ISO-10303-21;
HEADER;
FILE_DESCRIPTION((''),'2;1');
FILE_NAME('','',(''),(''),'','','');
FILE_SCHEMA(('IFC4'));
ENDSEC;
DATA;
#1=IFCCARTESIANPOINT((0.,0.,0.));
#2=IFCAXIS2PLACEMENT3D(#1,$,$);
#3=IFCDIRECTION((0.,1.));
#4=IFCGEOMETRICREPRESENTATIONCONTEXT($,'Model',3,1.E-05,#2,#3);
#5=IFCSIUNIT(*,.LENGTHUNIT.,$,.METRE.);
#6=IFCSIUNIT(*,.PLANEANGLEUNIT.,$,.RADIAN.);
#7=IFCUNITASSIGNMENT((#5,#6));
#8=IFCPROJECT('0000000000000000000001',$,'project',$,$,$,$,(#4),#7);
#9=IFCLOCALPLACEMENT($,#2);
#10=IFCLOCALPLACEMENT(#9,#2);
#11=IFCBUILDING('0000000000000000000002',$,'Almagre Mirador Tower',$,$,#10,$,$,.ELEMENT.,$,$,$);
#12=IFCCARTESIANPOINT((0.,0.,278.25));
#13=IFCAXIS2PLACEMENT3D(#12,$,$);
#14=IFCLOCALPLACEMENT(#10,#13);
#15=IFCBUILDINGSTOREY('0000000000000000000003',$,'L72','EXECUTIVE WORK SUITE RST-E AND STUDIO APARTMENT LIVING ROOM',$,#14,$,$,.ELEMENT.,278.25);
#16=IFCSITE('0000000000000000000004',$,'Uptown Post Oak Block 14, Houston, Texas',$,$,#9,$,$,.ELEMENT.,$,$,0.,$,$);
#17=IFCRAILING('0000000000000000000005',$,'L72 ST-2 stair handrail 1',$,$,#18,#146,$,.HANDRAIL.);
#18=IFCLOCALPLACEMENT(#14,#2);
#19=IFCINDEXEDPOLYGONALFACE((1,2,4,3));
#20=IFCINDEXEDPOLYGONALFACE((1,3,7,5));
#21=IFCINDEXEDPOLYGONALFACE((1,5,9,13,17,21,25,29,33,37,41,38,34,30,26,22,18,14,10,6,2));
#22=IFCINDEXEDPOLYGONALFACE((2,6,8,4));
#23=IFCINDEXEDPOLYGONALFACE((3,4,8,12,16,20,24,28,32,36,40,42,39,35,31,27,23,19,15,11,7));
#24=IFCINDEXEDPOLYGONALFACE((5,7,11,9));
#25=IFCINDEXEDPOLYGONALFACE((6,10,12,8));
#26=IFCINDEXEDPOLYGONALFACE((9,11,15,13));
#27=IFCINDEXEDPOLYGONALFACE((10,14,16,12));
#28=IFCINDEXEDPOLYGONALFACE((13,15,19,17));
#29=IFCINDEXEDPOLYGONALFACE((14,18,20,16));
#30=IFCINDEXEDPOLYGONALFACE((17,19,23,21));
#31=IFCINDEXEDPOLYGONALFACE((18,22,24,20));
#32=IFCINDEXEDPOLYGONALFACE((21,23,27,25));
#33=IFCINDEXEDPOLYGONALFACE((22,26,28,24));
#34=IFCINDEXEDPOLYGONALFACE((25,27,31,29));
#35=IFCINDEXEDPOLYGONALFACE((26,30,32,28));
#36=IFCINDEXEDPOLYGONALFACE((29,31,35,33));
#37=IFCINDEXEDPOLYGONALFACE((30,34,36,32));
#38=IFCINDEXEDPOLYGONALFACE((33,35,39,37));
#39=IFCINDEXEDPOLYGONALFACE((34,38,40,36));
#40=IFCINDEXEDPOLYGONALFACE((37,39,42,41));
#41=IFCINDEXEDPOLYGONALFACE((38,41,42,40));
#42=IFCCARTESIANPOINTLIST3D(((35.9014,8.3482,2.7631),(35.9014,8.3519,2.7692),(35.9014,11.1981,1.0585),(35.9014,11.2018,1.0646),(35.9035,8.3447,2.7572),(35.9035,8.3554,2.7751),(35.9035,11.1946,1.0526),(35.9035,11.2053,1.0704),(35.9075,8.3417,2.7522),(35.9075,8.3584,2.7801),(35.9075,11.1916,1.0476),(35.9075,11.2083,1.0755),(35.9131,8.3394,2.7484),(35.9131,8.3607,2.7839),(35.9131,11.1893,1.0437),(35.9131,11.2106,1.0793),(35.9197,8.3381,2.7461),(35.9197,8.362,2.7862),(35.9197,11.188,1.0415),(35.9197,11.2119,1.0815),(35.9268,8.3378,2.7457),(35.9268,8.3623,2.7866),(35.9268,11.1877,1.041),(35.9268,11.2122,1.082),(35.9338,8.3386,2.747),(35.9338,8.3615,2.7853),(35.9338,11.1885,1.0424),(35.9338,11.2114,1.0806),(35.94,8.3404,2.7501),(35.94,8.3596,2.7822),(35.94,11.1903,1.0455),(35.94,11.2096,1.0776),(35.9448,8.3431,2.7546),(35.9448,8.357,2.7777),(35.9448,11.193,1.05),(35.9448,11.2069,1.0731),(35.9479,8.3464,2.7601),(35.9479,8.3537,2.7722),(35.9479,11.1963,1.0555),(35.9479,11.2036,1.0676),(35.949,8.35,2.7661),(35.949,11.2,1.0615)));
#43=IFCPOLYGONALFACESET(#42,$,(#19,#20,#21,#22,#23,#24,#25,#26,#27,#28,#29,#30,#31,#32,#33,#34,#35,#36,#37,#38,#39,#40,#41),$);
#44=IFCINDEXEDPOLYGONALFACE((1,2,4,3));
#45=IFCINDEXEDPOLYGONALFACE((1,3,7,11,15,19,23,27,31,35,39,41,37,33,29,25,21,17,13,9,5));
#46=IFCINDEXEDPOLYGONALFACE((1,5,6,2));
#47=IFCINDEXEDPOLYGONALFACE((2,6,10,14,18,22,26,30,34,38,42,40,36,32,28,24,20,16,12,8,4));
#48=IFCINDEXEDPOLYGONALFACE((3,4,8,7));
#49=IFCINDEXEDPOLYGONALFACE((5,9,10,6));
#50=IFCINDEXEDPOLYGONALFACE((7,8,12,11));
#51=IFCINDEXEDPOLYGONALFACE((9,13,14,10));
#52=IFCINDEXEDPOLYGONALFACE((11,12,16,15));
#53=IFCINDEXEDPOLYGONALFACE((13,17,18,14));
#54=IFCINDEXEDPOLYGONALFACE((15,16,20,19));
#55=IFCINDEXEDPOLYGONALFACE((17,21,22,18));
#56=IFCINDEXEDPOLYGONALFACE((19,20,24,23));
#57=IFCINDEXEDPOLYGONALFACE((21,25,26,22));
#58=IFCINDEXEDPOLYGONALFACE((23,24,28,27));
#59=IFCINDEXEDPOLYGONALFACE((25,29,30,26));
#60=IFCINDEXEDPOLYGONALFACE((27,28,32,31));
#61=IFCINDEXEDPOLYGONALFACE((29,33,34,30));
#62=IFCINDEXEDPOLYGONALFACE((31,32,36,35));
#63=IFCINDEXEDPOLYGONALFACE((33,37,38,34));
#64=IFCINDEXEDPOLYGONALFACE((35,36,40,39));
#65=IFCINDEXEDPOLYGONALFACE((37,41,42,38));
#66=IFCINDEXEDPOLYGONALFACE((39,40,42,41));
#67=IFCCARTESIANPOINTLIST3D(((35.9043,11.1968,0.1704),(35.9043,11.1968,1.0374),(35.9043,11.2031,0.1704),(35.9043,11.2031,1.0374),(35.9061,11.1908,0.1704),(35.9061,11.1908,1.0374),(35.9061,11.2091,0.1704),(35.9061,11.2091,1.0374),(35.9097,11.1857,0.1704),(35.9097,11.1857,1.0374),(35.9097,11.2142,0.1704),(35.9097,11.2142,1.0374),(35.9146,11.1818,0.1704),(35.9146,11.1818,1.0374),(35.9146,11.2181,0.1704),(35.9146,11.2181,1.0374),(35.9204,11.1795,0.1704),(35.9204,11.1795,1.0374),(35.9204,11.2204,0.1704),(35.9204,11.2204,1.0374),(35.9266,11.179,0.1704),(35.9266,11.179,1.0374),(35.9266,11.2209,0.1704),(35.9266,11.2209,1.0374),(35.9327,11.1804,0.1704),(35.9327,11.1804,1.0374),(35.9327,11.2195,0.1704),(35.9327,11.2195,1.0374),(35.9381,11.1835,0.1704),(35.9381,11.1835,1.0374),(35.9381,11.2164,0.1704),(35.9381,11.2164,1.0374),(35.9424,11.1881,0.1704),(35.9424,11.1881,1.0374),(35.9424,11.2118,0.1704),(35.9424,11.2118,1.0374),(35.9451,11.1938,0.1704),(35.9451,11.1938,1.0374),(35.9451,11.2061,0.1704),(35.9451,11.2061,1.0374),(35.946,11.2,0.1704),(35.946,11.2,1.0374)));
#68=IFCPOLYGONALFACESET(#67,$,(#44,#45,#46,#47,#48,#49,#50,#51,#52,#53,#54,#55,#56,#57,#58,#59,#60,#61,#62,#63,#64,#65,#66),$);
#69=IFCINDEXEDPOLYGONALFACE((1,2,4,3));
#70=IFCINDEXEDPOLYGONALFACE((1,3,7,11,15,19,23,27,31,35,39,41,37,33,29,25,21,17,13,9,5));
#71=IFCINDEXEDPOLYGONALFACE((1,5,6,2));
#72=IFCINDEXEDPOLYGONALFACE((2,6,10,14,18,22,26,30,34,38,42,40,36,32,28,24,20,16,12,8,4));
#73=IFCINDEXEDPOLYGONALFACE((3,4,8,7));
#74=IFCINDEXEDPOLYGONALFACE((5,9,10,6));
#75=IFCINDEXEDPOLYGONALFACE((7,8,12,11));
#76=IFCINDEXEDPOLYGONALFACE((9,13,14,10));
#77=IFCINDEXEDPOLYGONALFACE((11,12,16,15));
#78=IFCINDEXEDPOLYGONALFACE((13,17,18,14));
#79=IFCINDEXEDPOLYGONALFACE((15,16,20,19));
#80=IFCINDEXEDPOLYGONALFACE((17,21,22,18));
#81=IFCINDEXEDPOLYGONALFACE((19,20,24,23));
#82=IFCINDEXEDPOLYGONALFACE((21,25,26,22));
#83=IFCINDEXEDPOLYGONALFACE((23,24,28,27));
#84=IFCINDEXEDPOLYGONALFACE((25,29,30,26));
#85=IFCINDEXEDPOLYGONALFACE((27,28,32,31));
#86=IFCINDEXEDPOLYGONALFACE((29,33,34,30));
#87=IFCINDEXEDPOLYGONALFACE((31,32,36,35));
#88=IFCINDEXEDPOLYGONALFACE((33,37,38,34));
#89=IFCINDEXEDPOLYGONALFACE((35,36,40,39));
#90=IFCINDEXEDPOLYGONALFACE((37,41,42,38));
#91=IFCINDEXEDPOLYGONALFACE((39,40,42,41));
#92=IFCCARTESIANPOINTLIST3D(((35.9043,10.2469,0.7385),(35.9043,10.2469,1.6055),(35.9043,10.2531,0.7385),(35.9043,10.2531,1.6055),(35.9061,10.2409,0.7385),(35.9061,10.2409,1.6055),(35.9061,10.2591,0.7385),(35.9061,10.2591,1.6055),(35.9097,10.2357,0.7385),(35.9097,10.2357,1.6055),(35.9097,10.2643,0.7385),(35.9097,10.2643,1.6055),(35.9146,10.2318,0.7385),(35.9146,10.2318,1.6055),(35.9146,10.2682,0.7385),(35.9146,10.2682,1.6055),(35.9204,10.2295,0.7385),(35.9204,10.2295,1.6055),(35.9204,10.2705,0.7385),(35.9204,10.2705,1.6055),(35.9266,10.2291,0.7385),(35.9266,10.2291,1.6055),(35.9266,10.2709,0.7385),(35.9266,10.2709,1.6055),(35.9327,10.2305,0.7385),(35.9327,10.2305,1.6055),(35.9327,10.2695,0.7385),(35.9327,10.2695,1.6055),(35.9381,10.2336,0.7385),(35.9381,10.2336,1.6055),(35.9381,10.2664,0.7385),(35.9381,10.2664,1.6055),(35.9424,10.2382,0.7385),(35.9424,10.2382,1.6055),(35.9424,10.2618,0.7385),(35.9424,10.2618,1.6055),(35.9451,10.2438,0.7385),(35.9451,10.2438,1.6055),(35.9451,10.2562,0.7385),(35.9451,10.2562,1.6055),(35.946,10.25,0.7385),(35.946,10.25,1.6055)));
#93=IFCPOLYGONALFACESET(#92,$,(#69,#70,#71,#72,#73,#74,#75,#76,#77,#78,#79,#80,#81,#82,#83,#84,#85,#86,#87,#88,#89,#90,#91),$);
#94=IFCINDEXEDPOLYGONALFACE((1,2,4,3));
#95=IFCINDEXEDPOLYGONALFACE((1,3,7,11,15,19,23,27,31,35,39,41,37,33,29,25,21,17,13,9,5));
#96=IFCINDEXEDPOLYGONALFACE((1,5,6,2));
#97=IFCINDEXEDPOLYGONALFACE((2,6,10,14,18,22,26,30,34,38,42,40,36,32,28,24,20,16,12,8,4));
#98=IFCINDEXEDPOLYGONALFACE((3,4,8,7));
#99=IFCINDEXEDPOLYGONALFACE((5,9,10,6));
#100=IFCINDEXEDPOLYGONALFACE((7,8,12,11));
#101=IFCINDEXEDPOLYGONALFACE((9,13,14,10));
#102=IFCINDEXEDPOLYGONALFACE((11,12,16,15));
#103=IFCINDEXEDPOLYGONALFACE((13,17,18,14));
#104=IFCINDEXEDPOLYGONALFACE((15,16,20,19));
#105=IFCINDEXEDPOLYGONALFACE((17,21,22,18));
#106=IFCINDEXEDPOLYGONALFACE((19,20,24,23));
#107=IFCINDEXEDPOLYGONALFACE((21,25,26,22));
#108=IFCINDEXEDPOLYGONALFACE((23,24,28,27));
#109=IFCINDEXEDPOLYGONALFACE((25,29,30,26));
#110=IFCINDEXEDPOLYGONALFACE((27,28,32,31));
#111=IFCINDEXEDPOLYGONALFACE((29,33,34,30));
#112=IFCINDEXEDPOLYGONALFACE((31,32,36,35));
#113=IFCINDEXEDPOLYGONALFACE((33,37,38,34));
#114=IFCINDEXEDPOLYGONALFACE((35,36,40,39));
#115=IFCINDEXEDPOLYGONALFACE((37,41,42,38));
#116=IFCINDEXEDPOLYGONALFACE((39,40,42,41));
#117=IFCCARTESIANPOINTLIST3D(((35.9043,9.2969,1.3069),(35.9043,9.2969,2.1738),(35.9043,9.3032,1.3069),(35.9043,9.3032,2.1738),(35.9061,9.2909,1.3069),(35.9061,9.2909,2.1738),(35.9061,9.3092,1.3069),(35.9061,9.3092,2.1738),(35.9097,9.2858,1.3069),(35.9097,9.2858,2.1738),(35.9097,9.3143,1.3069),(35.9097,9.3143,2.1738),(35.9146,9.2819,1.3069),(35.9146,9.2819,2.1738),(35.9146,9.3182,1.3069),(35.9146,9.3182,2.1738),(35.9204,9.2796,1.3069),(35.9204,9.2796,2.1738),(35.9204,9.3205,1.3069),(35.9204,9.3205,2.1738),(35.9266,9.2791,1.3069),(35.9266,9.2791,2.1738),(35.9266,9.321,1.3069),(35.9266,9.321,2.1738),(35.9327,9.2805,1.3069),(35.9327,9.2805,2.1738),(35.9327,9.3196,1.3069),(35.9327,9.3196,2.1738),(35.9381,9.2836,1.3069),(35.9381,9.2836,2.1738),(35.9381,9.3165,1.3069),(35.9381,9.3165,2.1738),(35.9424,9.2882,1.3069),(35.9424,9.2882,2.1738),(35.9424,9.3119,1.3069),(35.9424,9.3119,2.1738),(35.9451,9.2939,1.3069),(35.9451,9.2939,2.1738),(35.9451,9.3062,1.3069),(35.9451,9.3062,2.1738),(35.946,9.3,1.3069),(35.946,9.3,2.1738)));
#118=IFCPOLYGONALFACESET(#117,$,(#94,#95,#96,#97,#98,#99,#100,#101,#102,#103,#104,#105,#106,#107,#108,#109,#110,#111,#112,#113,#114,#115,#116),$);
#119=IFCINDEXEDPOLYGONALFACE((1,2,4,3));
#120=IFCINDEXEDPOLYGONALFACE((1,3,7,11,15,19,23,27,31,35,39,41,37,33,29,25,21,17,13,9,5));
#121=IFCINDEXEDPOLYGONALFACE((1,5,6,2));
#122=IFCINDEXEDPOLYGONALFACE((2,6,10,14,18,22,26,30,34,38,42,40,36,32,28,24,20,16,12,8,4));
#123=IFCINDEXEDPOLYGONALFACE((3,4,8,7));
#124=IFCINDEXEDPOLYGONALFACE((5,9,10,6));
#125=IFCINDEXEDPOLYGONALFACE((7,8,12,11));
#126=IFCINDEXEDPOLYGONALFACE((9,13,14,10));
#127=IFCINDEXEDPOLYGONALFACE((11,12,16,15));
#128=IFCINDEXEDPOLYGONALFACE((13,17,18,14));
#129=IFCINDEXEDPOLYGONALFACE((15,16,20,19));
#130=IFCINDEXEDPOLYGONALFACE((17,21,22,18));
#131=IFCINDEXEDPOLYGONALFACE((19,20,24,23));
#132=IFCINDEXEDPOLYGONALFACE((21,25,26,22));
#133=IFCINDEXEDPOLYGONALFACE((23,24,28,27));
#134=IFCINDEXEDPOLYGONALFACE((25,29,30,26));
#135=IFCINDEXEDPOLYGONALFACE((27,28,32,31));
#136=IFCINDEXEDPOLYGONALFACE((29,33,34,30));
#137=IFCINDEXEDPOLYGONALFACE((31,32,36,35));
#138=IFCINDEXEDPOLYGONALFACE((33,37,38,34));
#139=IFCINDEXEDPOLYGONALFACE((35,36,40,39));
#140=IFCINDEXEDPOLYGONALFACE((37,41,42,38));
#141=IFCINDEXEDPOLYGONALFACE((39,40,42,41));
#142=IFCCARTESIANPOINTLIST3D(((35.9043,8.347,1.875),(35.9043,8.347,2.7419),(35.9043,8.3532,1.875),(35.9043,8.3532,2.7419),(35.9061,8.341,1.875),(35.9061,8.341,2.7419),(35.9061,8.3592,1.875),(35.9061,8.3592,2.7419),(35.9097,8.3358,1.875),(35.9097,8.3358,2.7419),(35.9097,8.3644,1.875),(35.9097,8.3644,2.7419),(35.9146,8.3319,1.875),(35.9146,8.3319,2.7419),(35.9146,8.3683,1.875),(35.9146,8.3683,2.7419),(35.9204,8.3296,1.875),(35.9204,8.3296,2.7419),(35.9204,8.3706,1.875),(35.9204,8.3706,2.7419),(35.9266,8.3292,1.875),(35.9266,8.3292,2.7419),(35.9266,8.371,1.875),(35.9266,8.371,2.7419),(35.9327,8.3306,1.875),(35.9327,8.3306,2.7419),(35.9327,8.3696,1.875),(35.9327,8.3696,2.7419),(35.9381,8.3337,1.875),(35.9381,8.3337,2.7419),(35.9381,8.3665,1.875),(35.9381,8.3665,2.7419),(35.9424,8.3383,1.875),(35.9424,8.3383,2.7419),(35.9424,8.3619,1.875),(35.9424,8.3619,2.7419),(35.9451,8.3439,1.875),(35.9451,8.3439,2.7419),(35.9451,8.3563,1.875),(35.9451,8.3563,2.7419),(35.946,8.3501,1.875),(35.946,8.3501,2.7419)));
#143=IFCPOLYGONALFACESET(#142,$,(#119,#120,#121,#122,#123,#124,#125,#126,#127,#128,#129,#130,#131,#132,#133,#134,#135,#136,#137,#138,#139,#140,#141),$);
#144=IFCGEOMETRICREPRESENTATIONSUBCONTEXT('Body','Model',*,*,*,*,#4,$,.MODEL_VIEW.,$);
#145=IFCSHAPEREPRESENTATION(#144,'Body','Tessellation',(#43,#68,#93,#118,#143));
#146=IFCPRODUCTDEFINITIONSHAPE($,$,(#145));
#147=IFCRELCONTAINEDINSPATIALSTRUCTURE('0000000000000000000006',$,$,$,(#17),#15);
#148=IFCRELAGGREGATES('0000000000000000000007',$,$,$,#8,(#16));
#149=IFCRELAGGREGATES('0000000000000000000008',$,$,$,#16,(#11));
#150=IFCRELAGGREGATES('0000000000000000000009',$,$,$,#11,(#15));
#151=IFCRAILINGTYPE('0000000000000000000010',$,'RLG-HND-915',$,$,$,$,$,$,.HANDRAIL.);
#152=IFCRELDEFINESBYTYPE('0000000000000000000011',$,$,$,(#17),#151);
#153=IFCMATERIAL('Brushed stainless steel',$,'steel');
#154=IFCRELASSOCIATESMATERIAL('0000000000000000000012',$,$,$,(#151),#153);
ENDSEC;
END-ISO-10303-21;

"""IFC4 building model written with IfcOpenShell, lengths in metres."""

from ifc_helpers import new_model, si_unit, direction, frame, origin, origin_2d, place, context, subcontext, project, spatial, circle, extrude, material, type_object, element, save


model = new_model("IFC4")

# Units and contexts
model_context = context("Model", 3, precision=1e-05, world=origin(), true_north=direction((0.0, 1.0)))
body_context = subcontext(model_context, "Body", "Model", "MODEL_VIEW")
ifc_project = project(units=[si_unit("LENGTHUNIT", "METRE"), si_unit("PLANEANGLEUNIT", "RADIAN")], contexts=[model_context])

# Site, building, storey
site_placement = place(None, origin())
site = spatial("IfcSite", under=ifc_project, at=site_placement, Name="Uptown Post Oak Block 14, Houston, Texas", CompositionType="ELEMENT", RefElevation=0.0)
building_placement = place(site_placement, origin())
building = spatial("IfcBuilding", under=site, at=building_placement, Name="Almagre Mirador Tower", CompositionType="ELEMENT")
storey_placement = place(building_placement, frame((0.0, 0.0, 278.25)))
storey = spatial("IfcBuildingStorey", under=building, at=storey_placement, Name="L72", Description="EXECUTIVE WORK SUITE RST-E AND STUDIO APARTMENT LIVING ROOM", CompositionType="ELEMENT", Elevation=278.25)

# Railing
ifc_material_1 = material(Name="Brushed stainless steel", Category="steel")
railing_type = type_object("IfcRailingType", Name="RLG-HND-915", PredefinedType="HANDRAIL", material=ifc_material_1)
railing_1_placement = place(storey_placement, frame((35.925, 11.2, 0.1704)))
element("IfcRailing", 1, at=railing_1_placement, inside=storey, type_object=railing_type, Name="L72 ST-2 stair handrail 1", PredefinedType="HANDRAIL", context=body_context, shape_type="SweptSolid", body=[
    extrude(circle(Radius=0.0239, at=origin_2d()), frame((0.0, 0.0, 0.8911), z_axis=(0.0, -0.858199, 0.513317), x_axis=(1.0, 0.0, 0.0)), (0.0, 0.0, 1.0), 3.3208),
    extrude(circle(Radius=0.021, at=origin_2d()), origin(), (0.0, 0.0, 1.0), 0.8669),
    extrude(circle(Radius=0.021, at=origin_2d()), frame((0.0, -0.95, 0.5681)), (0.0, 0.0, 1.0), 0.8669),
    extrude(circle(Radius=0.021, at=origin_2d()), frame((0.0, -1.8999, 1.1365)), (0.0, 0.0, 1.0), 0.8669),
    extrude(circle(Radius=0.021, at=origin_2d()), frame((0.0, -2.8499, 1.7046)), (0.0, 0.0, 1.0), 0.8669),
])

save(model, "model.ifc")
